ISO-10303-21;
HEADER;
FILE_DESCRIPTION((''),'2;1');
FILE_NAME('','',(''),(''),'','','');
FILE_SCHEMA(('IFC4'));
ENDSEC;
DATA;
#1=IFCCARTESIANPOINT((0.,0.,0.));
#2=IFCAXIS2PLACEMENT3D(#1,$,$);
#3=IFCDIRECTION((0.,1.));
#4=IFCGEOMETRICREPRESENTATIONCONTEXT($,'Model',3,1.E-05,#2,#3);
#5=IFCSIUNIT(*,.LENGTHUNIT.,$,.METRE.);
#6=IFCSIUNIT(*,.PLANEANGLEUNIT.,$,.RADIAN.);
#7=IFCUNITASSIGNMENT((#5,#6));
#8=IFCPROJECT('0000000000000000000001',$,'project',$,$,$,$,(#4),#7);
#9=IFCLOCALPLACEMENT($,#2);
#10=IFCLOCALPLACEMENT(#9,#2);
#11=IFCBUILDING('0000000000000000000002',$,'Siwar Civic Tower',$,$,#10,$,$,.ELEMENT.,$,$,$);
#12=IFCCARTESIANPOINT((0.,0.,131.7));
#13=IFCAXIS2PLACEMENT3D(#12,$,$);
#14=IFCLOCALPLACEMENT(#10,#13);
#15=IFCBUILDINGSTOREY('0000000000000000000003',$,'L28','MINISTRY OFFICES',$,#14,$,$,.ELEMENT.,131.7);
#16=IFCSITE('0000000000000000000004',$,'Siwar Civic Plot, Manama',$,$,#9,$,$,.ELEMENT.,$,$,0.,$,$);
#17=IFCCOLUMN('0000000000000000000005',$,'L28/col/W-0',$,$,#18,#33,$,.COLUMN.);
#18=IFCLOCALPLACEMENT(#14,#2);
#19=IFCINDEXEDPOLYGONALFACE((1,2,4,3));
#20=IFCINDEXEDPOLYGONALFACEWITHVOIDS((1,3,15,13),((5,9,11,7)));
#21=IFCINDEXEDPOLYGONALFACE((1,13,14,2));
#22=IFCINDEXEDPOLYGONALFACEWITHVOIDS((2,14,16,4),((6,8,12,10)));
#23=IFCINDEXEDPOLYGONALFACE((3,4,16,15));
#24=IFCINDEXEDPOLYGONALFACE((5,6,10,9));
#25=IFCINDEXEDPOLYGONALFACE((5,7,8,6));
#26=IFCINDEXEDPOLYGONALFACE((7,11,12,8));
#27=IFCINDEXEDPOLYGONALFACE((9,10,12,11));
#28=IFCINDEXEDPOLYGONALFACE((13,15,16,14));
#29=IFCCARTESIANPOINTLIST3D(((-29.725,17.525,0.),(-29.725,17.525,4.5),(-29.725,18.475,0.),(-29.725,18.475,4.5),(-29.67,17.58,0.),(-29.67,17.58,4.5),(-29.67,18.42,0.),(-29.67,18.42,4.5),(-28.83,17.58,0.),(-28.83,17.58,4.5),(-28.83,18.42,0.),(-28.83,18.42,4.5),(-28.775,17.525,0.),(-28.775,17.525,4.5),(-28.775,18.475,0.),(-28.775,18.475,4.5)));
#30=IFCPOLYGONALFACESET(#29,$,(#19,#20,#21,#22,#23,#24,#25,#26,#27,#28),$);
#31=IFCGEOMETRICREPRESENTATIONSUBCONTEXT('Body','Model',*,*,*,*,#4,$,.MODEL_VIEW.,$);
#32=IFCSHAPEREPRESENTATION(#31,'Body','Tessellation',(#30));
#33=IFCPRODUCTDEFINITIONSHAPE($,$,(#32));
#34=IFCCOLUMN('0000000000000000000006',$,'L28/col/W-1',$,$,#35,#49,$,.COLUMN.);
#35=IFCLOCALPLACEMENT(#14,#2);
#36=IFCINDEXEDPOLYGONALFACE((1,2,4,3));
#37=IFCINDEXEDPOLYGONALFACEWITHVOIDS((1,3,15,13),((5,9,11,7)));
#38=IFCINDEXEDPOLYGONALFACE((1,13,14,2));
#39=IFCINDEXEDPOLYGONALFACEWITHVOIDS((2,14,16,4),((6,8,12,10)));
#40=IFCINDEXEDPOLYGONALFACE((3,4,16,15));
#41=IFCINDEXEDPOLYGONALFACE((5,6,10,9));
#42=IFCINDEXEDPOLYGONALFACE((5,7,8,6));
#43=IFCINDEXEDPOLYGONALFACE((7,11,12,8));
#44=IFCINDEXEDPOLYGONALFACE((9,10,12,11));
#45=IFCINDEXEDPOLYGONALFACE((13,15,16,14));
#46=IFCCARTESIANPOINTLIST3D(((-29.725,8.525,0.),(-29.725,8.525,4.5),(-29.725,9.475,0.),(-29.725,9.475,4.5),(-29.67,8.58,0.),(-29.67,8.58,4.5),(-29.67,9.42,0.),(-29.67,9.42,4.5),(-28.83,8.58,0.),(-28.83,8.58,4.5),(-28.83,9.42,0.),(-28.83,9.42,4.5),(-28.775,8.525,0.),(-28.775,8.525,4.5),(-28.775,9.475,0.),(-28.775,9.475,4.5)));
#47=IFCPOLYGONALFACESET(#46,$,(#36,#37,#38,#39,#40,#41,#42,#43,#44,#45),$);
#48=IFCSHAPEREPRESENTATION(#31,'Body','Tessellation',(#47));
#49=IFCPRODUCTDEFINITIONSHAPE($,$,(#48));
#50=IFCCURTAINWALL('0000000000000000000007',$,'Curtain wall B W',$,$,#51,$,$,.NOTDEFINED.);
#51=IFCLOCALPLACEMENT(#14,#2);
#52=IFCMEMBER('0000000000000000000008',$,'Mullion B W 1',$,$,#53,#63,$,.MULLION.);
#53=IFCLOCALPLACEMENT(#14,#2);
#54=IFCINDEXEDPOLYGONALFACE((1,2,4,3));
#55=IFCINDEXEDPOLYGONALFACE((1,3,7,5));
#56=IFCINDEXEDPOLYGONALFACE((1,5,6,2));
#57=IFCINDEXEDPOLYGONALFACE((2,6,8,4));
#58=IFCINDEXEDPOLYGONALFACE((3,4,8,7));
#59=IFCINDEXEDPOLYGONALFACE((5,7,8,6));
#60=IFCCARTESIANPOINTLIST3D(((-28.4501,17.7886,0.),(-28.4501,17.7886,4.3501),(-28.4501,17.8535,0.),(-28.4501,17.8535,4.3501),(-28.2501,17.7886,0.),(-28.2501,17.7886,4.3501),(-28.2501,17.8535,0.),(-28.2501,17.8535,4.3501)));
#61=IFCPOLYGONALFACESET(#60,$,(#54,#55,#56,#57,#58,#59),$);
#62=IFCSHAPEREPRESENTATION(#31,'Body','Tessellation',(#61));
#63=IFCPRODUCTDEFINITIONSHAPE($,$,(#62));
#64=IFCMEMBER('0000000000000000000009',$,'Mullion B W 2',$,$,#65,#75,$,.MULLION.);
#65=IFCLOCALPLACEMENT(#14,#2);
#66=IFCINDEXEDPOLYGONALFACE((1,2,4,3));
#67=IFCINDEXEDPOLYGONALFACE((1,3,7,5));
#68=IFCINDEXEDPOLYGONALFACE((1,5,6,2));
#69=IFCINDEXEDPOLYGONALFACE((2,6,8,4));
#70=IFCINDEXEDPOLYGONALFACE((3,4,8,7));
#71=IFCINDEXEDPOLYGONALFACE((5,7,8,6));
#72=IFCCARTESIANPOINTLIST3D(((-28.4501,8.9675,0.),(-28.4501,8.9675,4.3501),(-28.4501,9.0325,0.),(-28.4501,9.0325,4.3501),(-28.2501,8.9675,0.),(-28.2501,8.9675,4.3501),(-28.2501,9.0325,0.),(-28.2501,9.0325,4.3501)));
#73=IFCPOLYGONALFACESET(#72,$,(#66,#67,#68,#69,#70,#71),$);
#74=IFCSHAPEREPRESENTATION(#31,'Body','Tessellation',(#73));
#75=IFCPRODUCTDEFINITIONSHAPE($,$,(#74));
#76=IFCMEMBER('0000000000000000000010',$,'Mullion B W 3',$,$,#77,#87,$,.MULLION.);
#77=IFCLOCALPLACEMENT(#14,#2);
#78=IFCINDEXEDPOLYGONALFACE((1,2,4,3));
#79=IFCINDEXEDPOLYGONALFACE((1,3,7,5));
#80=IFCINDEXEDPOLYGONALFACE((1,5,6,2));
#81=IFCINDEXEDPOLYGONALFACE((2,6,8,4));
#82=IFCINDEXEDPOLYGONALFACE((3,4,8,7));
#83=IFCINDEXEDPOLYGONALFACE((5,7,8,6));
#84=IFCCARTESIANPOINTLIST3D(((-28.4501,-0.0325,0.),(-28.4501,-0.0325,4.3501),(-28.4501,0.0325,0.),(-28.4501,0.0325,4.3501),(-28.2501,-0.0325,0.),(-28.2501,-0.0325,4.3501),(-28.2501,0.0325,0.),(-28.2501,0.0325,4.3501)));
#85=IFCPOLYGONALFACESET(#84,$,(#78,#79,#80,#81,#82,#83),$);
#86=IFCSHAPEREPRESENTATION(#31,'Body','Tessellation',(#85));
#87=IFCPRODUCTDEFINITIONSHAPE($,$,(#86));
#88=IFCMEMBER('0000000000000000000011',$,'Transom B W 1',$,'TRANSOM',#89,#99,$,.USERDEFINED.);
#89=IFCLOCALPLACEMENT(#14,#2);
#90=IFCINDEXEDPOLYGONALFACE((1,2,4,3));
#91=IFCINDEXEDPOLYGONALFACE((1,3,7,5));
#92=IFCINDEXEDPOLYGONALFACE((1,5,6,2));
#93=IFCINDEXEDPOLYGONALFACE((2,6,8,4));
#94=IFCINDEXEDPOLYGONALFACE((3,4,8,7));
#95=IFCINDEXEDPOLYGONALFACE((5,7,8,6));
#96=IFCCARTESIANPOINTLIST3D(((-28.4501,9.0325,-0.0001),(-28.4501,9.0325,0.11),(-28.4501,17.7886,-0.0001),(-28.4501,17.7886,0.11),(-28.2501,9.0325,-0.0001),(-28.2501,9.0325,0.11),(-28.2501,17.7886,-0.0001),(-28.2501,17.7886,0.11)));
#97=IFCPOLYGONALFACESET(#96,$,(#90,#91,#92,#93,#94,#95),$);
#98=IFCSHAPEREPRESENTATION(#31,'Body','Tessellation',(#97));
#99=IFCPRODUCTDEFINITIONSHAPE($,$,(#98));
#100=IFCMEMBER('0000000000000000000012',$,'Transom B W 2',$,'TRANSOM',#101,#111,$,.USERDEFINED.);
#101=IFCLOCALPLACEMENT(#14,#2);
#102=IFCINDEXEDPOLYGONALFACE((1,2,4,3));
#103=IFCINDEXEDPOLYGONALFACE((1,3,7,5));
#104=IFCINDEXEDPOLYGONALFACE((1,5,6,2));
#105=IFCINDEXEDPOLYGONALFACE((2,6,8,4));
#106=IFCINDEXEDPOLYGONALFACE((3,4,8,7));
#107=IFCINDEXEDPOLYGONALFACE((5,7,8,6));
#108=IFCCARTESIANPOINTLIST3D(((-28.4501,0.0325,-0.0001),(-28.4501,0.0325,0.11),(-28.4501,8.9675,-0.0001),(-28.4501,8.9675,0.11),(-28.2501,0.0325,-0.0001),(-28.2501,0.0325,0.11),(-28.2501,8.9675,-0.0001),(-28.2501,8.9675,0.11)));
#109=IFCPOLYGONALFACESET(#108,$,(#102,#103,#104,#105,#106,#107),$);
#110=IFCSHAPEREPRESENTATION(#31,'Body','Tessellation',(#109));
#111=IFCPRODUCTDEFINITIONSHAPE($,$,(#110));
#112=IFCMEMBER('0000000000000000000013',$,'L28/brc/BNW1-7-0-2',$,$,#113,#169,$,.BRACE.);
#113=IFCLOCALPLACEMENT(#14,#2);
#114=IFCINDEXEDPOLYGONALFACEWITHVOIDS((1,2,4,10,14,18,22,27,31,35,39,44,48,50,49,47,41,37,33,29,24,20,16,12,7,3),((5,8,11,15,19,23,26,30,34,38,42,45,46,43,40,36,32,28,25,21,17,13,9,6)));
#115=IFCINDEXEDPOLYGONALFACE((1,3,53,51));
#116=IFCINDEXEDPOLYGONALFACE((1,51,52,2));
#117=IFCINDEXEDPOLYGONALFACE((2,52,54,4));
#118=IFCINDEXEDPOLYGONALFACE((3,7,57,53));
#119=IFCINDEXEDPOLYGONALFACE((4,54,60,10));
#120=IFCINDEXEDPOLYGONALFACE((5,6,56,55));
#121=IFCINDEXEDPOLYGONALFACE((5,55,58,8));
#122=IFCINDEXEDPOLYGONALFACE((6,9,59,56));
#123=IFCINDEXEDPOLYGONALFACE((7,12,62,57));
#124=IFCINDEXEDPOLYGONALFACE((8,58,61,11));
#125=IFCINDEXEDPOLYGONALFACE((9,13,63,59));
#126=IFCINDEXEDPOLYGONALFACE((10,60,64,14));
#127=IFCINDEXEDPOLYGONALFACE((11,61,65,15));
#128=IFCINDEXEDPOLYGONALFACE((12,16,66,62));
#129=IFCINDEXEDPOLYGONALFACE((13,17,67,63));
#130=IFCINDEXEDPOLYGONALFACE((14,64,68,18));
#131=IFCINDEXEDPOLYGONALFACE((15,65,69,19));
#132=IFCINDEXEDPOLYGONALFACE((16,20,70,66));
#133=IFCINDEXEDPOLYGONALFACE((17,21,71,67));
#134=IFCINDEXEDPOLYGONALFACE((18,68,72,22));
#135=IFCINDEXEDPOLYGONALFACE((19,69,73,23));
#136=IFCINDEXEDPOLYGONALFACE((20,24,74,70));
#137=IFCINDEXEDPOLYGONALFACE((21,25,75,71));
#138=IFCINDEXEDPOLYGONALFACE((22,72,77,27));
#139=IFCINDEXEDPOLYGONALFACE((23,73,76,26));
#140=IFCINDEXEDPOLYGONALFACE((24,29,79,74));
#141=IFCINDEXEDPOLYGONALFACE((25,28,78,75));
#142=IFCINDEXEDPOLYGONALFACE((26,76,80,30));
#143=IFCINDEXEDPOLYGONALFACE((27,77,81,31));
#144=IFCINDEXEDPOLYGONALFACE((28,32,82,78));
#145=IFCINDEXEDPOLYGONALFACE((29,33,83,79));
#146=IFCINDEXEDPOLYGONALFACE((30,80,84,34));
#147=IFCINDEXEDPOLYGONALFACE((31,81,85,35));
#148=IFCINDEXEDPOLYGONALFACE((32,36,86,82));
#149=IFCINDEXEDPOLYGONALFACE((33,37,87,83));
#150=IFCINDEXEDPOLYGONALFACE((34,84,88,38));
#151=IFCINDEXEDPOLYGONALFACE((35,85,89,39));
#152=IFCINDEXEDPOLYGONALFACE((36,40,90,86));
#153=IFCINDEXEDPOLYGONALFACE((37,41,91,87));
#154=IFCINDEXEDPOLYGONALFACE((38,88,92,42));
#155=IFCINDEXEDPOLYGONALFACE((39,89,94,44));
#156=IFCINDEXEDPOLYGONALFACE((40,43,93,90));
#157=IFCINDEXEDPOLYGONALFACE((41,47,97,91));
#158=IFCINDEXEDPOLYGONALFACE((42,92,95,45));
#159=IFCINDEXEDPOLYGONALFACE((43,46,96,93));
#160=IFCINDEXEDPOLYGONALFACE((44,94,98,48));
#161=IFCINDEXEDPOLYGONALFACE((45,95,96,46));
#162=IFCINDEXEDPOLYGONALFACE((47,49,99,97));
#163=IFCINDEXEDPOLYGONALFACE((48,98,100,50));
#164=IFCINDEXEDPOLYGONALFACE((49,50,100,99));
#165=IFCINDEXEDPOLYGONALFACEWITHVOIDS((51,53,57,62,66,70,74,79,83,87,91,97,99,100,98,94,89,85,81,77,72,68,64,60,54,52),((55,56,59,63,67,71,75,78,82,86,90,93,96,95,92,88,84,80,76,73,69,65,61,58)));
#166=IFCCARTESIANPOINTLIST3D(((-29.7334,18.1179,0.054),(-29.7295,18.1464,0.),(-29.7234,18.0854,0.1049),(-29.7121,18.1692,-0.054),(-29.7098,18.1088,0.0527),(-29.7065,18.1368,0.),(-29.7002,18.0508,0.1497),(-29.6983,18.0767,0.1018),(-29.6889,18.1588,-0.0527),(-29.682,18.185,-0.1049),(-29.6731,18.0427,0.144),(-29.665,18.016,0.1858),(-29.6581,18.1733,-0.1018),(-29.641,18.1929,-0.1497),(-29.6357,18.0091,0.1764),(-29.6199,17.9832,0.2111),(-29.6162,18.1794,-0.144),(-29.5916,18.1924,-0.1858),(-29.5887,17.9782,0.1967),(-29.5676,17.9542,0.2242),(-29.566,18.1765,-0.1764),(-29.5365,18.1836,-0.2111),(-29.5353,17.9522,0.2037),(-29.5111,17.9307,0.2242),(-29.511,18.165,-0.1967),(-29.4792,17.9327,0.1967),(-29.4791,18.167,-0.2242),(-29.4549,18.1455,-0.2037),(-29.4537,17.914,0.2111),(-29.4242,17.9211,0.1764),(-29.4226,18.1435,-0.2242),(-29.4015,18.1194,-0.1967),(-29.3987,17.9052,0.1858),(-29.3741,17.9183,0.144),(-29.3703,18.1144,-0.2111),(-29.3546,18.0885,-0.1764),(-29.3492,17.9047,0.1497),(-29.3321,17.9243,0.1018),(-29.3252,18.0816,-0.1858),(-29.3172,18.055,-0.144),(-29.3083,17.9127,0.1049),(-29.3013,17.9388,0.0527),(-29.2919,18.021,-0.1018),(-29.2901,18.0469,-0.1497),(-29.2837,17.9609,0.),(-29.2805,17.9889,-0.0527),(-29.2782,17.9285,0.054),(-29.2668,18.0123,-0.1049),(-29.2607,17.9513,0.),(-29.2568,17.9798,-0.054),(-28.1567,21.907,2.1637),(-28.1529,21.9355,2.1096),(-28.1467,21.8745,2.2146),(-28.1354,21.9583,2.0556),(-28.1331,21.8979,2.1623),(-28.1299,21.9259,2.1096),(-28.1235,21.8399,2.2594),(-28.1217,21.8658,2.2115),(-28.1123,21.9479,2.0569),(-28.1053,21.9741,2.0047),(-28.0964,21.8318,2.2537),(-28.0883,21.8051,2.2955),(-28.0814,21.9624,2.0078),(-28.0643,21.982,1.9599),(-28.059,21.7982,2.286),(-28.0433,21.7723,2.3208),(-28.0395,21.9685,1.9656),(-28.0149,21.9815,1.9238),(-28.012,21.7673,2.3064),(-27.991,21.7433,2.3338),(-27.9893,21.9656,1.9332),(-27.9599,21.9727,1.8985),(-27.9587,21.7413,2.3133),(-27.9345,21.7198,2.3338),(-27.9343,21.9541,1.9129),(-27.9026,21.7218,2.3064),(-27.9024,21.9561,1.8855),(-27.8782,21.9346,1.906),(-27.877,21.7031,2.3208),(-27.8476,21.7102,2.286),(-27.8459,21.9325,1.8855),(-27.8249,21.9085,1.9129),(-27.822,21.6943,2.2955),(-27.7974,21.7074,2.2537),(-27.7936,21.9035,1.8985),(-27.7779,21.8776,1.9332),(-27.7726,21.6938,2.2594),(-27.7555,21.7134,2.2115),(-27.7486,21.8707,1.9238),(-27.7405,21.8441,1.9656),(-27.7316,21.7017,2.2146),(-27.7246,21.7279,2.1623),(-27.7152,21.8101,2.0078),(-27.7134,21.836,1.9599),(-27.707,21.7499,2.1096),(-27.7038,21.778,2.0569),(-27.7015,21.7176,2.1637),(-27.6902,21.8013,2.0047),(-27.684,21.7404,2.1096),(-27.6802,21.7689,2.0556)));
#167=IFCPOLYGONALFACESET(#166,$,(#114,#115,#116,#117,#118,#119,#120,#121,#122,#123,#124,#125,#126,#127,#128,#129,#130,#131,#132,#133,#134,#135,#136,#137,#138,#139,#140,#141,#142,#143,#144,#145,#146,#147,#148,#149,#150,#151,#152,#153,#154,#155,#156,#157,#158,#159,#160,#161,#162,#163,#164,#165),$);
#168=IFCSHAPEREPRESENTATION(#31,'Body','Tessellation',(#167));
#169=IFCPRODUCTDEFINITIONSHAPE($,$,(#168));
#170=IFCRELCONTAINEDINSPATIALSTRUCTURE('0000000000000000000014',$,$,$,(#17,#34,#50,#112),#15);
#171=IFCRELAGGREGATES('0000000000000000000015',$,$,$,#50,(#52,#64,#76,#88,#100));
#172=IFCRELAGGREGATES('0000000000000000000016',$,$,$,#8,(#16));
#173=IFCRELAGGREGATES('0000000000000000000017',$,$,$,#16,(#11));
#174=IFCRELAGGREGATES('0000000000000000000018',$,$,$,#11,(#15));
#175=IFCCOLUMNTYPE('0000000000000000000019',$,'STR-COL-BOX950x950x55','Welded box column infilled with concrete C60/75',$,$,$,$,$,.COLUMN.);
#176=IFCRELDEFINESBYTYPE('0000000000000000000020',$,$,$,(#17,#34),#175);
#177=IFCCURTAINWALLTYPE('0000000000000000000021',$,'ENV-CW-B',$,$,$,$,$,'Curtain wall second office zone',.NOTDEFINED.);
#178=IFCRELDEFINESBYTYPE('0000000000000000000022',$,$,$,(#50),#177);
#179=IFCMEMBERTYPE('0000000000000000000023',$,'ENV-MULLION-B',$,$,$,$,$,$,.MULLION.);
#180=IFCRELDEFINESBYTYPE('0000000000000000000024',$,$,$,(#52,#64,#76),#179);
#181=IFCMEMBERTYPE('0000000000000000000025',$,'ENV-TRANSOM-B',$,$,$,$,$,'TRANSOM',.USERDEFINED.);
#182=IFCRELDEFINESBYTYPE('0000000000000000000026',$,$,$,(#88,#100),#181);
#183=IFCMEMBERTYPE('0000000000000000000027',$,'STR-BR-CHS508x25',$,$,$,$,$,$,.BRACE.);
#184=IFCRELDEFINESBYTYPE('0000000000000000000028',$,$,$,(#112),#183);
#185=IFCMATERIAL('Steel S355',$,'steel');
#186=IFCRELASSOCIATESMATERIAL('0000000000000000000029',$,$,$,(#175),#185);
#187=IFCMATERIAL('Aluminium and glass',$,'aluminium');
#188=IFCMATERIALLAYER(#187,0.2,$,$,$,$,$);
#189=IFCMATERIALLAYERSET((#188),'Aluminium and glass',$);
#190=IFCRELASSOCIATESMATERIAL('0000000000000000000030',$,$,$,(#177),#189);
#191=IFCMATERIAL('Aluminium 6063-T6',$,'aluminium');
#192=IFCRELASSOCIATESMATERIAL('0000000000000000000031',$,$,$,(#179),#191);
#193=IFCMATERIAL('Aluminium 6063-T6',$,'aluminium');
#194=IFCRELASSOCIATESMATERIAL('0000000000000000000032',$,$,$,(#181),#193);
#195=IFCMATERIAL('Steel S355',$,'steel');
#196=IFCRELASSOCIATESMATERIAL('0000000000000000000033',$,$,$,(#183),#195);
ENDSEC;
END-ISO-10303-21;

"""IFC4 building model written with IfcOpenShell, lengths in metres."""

from ifc_helpers import new_model, si_unit, direction, frame, origin, origin_2d, place, context, subcontext, project, spatial, rectangle, hollow_rectangle, hollow_circle, extrude, material, layer, layer_set, material_profile, profile_set, type_object, element, aggregate, save


model = new_model("IFC4")

# Units and contexts
model_context = context("Model", 3, precision=1e-05, world=origin(), true_north=direction((0.0, 1.0)))
body_context = subcontext(model_context, "Body", "Model", "MODEL_VIEW")
ifc_project = project(units=[si_unit("LENGTHUNIT", "METRE"), si_unit("PLANEANGLEUNIT", "RADIAN")], contexts=[model_context])

# Site, building, storey
site_placement = place(None, origin())
site = spatial("IfcSite", under=ifc_project, at=site_placement, Name="Siwar Civic Plot, Manama", CompositionType="ELEMENT", RefElevation=0.0)
building_placement = place(site_placement, origin())
building = spatial("IfcBuilding", under=site, at=building_placement, Name="Siwar Civic Tower", CompositionType="ELEMENT")
storey_placement = place(building_placement, frame((0.0, 0.0, 131.7)))
storey = spatial("IfcBuildingStorey", under=building, at=storey_placement, Name="L28", Description="MINISTRY OFFICES", CompositionType="ELEMENT", Elevation=131.7)

# Columns
ifc_material_1 = material(Name="Steel S355", Category="steel")
ifc_material_profile_1 = material_profile(ifc_material_1, hollow_rectangle(XDim=0.95, YDim=0.95, WallThickness=0.0549, at=origin_2d()), Name="BOX950x950x55")
ifc_profile_set_1 = profile_set([ifc_material_profile_1], Name="Steel S355")
column_type = type_object("IfcColumnType", Name="STR-COL-BOX950x950x55", Description="Welded box column infilled with concrete C60/75", PredefinedType="COLUMN", material=ifc_profile_set_1)
for number, where, z_axis, x_axis, name in (
    (1, (-29.25, 18.0, 0.0), (0.0, 0.0, 1.0), (1.0, 0.0, 0.0), "L28/col/W-0"),
    (2, (-29.25, 9.0, 0.0), (0.0, 0.0, 1.0), (1.0, 0.0, 0.0), "L28/col/W-1"),
):
    element("IfcColumn", number, at=place(storey_placement, frame(where, z_axis=z_axis, x_axis=x_axis)), inside=storey, type_object=column_type, Name=name, PredefinedType="COLUMN", context=body_context, shape_type="SweptSolid", body=[
        extrude(hollow_rectangle(XDim=0.95, YDim=0.95, WallThickness=0.0549, at=origin_2d()), origin(), (0.0, 0.0, 1.0), 4.5),
    ])

# Curtain wall, members
ifc_material_2 = material(Name="Aluminium and glass", Category="aluminium")
ifc_layer_1 = layer(ifc_material_2, 0.2)
ifc_layer_set_1 = layer_set([ifc_layer_1], Name="Aluminium and glass")
curtain_wall_type = type_object("IfcCurtainWallType", Name="ENV-CW-B", ElementType="Curtain wall second office zone", PredefinedType="NOTDEFINED", material=ifc_layer_set_1)
curtain_wall_placement = place(storey_placement, origin())
curtain_wall = element("IfcCurtainWall", 3, at=curtain_wall_placement, inside=storey, type_object=curtain_wall_type, Name="Curtain wall B W", PredefinedType="NOTDEFINED")
ifc_material_3 = material(Name="Aluminium 6063-T6", Category="aluminium")
ifc_material_profile_2 = material_profile(ifc_material_3, rectangle(XDim=0.2, YDim=0.0649, at=origin_2d()), Name="AL 200x65")
ifc_profile_set_2 = profile_set([ifc_material_profile_2], Name="Aluminium 6063-T6")
member_type_1 = type_object("IfcMemberType", Name="ENV-MULLION-B", PredefinedType="MULLION", material=ifc_profile_set_2)
member_1_placement = place(storey_placement, frame((-28.3501, 17.821, 0.0), z_axis=(0.0, 0.0, 1.0), x_axis=(1.0, 0.0, 0.0)))
member_1 = element("IfcMember", 4, at=member_1_placement, type_object=member_type_1, Name="Mullion B W 1", PredefinedType="MULLION", context=body_context, shape_type="SweptSolid", body=[
    extrude(rectangle(XDim=0.2, YDim=0.0649, at=origin_2d()), origin(), (0.0, 0.0, 1.0), 4.3501),
])
member_2_placement = place(storey_placement, frame((-28.3501, 9.0, 0.0), z_axis=(0.0, 0.0, 1.0), x_axis=(1.0, 0.0, 0.0)))
member_2 = element("IfcMember", 5, at=member_2_placement, type_object=member_type_1, Name="Mullion B W 2", PredefinedType="MULLION", context=body_context, shape_type="SweptSolid", body=[
    extrude(rectangle(XDim=0.2, YDim=0.0649, at=origin_2d()), origin(), (0.0, 0.0, 1.0), 4.3501),
])
member_3_placement = place(storey_placement, frame((-28.3501, 0.0, 0.0), z_axis=(0.0, 0.0, 1.0), x_axis=(1.0, 0.0, 0.0)))
member_3 = element("IfcMember", 6, at=member_3_placement, type_object=member_type_1, Name="Mullion B W 3", PredefinedType="MULLION", context=body_context, shape_type="SweptSolid", body=[
    extrude(rectangle(XDim=0.2, YDim=0.0649, at=origin_2d()), origin(), (0.0, 0.0, 1.0), 4.3501),
])
ifc_material_4 = material(Name="Aluminium 6063-T6", Category="aluminium")
ifc_material_profile_3 = material_profile(ifc_material_4, rectangle(XDim=0.2, YDim=0.1101, at=origin_2d()), Name="AL 200x110")
ifc_profile_set_3 = profile_set([ifc_material_profile_3], Name="Aluminium 6063-T6")
member_type_2 = type_object("IfcMemberType", Name="ENV-TRANSOM-B", ElementType="TRANSOM", PredefinedType="USERDEFINED", material=ifc_profile_set_3)
member_4_placement = place(storey_placement, frame((-28.3501, 17.7886, 0.0549), z_axis=(0.0, -1.0, 0.0), x_axis=(1.0, 0.0, 0.0)))
member_4 = element("IfcMember", 7, at=member_4_placement, type_object=member_type_2, Name="Transom B W 1", ObjectType="TRANSOM", PredefinedType="USERDEFINED", context=body_context, shape_type="SweptSolid", body=[
    extrude(rectangle(XDim=0.2, YDim=0.1101, at=origin_2d()), origin(), (0.0, 0.0, 1.0), 8.7561),
])
member_5_placement = place(storey_placement, frame((-28.3501, 8.9675, 0.0549), z_axis=(0.0, -1.0, 0.0), x_axis=(1.0, 0.0, 0.0)))
member_5 = element("IfcMember", 8, at=member_5_placement, type_object=member_type_2, Name="Transom B W 2", ObjectType="TRANSOM", PredefinedType="USERDEFINED", context=body_context, shape_type="SweptSolid", body=[
    extrude(rectangle(XDim=0.2, YDim=0.1101, at=origin_2d()), origin(), (0.0, 0.0, 1.0), 8.9351),
])

# Member
ifc_material_5 = material(Name="Steel S355", Category="steel")
ifc_material_profile_4 = material_profile(ifc_material_5, hollow_circle(Radius=0.2539, WallThickness=0.0249, at=origin_2d()), Name="CHS508x25")
ifc_profile_set_4 = profile_set([ifc_material_profile_4], Name="Steel S355")
member_type_3 = type_object("IfcMemberType", Name="STR-BR-CHS508x25", PredefinedType="BRACE", material=ifc_profile_set_4)
member_6_placement = place(storey_placement, frame((-29.4951, 18.0488, 0.0), z_axis=(0.341677, 0.821126, 0.457175), x_axis=(-0.92326, 0.384176, 0.0)))
element("IfcMember", 9, at=member_6_placement, inside=storey, type_object=member_type_3, Name="L28/brc/BNW1-7-0-2", PredefinedType="BRACE", context=body_context, shape_type="SweptSolid", body=[
    extrude(hollow_circle(Radius=0.2539, WallThickness=0.0249, at=origin_2d()), origin(), (0.0, 0.0, 1.0), 4.6145),
])

aggregate(curtain_wall, [member_1, member_2, member_3, member_4, member_5])

save(model, "model.ifc")
